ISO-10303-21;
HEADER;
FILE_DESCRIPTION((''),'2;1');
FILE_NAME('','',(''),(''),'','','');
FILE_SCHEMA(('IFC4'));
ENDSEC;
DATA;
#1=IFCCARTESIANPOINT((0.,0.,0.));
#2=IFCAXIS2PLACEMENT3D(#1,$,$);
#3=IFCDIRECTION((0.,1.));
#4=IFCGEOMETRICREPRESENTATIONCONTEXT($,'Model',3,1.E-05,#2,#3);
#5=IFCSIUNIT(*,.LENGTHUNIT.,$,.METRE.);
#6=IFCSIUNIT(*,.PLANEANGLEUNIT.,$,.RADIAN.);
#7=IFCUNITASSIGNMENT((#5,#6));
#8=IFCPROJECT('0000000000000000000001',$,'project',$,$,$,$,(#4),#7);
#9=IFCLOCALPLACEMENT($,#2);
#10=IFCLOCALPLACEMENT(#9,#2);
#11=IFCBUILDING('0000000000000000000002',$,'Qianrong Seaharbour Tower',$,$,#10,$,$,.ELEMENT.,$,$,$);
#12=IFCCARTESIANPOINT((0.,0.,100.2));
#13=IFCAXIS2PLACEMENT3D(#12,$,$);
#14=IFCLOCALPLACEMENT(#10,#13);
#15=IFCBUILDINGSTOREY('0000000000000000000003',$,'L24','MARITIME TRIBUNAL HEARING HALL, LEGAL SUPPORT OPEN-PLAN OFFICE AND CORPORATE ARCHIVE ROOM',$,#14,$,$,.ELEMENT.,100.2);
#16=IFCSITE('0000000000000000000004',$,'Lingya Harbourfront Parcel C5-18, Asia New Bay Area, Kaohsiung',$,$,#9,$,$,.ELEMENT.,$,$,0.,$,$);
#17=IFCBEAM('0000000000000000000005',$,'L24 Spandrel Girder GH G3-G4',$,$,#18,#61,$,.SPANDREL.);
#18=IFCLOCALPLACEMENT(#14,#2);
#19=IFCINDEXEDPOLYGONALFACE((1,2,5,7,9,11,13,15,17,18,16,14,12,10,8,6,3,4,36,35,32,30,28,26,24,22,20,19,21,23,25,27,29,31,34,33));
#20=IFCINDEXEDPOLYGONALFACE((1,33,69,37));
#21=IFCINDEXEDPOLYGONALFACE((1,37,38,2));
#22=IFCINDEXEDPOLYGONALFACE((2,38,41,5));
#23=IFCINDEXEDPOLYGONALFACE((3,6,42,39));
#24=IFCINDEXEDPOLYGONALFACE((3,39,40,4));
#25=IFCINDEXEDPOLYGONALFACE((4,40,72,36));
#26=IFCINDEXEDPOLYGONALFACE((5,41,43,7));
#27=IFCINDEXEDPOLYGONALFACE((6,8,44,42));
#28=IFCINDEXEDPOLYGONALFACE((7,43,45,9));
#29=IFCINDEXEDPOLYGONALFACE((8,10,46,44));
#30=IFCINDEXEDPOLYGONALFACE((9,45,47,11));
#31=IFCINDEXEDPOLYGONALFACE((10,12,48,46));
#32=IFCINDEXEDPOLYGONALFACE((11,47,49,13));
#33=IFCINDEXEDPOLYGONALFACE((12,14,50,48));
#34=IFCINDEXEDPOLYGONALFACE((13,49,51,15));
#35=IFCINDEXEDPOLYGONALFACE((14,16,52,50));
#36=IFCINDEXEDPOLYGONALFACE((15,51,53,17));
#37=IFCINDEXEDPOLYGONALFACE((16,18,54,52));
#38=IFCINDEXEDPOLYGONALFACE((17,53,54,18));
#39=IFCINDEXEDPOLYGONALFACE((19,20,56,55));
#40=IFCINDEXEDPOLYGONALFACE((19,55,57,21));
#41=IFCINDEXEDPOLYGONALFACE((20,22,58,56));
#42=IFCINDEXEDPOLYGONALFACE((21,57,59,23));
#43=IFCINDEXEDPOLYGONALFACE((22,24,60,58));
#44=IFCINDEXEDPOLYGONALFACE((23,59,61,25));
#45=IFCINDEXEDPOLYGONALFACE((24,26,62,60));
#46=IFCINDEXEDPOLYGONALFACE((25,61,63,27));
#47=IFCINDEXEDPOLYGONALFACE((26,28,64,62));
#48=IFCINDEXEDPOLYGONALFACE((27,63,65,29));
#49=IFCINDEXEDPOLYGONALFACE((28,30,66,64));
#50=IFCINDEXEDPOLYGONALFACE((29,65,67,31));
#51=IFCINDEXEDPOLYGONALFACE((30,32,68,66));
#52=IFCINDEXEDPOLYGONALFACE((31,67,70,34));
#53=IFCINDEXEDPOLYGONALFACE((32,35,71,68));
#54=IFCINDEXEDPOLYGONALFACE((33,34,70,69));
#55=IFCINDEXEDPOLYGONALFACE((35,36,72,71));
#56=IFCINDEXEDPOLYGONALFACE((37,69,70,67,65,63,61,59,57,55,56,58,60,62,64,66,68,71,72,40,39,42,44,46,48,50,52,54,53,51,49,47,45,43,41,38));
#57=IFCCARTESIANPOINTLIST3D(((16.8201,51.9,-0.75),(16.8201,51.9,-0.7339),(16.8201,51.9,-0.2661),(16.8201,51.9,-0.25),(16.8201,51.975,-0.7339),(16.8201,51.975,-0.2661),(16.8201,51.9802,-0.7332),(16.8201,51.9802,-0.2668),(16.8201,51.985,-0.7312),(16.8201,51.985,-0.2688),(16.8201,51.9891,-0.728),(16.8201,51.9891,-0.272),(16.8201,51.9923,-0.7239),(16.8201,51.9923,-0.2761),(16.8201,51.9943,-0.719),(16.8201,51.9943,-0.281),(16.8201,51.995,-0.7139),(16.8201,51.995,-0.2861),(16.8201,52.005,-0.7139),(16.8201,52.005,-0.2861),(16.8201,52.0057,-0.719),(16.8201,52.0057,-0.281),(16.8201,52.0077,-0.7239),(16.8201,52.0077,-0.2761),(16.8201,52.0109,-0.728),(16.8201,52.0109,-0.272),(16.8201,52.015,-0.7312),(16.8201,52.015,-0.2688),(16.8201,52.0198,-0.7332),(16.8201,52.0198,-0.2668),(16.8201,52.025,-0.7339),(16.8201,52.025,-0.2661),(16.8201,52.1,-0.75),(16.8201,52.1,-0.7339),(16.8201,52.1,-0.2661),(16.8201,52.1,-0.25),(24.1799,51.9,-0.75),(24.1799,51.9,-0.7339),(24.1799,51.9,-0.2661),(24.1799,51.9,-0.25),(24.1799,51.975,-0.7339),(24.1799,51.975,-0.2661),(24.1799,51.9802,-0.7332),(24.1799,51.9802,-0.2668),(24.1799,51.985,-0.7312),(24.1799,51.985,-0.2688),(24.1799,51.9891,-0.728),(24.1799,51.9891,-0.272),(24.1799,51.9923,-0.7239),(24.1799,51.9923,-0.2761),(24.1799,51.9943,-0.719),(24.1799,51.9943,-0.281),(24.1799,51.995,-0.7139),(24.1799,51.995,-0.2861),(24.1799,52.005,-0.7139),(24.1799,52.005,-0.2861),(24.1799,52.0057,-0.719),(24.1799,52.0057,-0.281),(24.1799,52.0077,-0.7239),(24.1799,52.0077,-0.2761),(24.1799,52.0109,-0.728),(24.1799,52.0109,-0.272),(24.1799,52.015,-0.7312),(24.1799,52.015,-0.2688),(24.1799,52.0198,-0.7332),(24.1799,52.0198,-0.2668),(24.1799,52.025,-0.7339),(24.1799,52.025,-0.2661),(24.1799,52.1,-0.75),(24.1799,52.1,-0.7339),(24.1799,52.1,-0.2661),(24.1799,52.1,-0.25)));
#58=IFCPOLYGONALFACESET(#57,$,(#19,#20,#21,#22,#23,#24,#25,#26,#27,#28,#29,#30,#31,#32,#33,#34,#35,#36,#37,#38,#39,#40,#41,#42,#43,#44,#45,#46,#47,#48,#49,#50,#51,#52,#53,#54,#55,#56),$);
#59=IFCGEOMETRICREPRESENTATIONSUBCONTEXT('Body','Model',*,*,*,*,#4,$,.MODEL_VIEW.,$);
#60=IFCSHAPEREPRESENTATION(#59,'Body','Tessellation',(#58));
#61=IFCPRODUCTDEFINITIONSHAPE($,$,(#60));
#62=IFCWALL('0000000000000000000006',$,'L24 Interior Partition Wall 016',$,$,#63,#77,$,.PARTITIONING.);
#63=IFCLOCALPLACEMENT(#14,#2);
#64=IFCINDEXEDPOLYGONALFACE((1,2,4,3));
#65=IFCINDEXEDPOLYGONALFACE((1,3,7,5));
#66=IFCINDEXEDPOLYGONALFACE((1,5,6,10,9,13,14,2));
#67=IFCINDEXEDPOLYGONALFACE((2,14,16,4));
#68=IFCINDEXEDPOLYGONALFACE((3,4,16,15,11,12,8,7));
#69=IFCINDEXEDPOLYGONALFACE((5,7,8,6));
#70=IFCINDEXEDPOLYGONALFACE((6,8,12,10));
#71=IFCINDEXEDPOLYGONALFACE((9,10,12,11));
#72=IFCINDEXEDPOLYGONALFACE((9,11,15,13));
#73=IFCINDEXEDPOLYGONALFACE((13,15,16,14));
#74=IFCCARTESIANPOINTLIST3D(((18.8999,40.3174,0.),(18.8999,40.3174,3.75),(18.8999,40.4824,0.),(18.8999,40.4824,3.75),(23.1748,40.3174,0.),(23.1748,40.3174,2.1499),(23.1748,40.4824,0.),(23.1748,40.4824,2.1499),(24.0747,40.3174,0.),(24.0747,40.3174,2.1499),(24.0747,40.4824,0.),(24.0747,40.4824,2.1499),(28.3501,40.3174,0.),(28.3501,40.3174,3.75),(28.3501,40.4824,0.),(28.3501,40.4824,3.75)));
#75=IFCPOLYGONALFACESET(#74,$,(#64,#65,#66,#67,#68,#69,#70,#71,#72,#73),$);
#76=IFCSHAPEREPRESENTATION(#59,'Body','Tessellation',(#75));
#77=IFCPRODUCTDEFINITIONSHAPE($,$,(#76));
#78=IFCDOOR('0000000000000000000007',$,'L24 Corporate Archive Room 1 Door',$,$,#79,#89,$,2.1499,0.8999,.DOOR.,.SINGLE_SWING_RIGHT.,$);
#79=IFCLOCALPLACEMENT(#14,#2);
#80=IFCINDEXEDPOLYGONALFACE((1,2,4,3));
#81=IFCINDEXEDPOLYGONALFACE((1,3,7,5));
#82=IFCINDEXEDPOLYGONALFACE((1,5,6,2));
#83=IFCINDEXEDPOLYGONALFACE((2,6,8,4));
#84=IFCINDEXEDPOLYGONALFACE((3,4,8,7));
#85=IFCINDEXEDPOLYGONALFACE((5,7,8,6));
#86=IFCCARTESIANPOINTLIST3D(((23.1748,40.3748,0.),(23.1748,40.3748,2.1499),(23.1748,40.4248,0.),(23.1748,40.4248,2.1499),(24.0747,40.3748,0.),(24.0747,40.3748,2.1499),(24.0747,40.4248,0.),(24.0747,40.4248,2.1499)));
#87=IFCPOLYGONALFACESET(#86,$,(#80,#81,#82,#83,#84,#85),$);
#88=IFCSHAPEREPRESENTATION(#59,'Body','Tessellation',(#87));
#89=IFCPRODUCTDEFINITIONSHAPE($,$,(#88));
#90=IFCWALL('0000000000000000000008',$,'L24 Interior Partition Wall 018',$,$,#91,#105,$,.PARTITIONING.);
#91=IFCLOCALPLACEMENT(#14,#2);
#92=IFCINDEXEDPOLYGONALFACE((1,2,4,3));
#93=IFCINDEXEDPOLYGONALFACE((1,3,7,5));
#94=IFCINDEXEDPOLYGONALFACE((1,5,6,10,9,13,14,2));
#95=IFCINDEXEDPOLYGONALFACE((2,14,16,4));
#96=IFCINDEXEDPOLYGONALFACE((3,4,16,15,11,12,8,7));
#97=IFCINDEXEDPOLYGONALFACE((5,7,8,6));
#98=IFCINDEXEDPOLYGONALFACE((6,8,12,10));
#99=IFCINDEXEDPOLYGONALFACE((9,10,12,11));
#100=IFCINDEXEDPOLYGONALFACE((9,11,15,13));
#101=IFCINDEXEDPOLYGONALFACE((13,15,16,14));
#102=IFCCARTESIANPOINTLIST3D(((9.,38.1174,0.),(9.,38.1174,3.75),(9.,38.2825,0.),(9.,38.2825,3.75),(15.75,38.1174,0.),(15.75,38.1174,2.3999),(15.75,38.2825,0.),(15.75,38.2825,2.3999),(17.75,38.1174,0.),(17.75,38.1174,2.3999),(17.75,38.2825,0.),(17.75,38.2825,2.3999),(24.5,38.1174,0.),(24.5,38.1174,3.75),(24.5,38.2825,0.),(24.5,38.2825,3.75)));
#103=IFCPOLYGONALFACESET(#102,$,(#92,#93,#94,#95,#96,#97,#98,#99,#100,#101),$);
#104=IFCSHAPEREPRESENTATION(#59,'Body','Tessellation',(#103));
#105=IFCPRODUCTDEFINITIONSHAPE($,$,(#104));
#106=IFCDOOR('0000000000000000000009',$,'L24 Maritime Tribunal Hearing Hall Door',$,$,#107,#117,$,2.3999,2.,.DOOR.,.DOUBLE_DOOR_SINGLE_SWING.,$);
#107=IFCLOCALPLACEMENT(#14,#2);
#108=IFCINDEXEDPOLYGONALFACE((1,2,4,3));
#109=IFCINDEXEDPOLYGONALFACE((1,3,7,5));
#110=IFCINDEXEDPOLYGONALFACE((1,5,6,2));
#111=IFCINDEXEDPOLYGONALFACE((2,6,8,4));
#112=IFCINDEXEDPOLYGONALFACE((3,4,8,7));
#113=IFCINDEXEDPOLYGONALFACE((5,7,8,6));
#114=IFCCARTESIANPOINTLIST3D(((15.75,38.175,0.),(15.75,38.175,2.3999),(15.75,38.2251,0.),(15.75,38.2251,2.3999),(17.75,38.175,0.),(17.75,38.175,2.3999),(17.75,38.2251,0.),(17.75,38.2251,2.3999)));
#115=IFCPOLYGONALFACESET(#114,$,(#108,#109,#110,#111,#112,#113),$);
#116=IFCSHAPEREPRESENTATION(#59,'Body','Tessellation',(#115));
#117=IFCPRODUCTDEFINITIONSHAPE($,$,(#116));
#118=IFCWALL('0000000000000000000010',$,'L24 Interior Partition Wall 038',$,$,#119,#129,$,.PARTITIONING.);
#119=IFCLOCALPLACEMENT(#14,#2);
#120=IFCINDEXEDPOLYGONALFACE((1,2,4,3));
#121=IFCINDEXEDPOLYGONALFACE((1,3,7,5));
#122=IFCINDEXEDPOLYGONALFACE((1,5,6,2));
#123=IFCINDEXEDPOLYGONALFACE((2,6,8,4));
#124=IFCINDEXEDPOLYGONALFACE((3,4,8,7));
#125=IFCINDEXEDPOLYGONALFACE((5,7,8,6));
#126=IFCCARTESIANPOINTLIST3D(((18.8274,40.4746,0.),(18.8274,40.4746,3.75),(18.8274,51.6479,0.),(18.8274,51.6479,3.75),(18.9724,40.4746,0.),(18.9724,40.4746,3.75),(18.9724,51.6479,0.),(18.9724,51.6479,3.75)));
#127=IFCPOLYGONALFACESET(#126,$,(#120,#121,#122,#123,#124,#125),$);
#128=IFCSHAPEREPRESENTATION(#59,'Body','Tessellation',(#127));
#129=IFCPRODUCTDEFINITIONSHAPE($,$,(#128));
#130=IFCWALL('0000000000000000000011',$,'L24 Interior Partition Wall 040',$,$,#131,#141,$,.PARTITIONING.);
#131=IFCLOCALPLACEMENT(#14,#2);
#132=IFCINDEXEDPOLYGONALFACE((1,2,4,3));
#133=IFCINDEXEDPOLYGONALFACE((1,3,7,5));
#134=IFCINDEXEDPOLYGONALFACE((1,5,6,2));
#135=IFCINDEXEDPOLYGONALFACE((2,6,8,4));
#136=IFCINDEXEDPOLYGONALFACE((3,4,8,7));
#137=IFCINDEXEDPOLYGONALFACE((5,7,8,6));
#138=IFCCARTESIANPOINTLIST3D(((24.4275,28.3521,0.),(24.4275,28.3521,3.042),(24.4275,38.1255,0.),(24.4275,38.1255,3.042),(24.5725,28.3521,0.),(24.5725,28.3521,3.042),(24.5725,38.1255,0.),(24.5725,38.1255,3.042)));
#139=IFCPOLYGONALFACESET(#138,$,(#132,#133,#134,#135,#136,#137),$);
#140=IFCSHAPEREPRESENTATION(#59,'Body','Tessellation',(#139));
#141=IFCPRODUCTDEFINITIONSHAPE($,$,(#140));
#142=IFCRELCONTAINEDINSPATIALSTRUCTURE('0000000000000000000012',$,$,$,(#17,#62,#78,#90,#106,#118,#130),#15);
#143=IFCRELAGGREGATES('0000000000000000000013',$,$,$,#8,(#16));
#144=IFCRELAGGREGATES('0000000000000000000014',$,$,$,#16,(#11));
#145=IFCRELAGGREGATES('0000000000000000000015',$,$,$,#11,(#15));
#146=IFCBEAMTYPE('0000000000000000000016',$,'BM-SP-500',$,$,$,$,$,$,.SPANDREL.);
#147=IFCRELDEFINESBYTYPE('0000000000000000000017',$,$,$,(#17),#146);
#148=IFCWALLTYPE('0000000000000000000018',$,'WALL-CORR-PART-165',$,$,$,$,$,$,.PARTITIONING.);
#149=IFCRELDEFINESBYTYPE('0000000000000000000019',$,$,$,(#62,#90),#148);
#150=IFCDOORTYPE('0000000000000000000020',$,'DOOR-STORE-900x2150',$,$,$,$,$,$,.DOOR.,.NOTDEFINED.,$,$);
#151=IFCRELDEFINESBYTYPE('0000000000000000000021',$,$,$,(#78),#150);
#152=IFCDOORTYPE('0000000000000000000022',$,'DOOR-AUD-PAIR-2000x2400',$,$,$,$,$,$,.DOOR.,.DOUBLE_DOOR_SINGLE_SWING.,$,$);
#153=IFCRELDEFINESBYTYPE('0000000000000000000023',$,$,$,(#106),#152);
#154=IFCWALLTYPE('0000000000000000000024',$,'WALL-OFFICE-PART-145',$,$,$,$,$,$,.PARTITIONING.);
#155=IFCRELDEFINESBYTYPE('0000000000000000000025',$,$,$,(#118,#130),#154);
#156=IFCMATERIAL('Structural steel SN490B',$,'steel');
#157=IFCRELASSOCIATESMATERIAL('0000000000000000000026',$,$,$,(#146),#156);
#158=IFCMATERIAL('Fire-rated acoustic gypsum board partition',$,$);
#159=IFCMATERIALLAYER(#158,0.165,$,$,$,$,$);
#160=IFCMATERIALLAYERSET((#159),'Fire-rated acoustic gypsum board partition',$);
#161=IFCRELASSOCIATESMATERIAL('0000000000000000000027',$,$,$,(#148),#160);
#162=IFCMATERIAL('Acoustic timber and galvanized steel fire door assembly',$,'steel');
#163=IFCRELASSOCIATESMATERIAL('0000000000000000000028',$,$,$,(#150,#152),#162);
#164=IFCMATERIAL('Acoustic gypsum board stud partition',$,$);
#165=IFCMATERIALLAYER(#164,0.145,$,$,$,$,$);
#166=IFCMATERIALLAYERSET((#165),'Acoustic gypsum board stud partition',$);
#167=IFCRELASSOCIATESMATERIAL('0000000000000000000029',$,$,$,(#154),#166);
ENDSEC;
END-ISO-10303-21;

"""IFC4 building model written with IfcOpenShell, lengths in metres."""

from ifc_helpers import new_model, si_unit, direction, frame, frame_2d, origin, origin_2d, place, context, subcontext, project, spatial, rectangle, i_section, extrude, material, layer, layer_set, material_profile, profile_set, type_object, element, fill, save


model = new_model("IFC4")

# Units and contexts
model_context = context("Model", 3, precision=1e-05, world=origin(), true_north=direction((0.0, 1.0)))
body_context = subcontext(model_context, "Body", "Model", "MODEL_VIEW")
ifc_project = project(units=[si_unit("LENGTHUNIT", "METRE"), si_unit("PLANEANGLEUNIT", "RADIAN")], contexts=[model_context])

# Site, building, storey
site_placement = place(None, origin())
site = spatial("IfcSite", under=ifc_project, at=site_placement, Name="Lingya Harbourfront Parcel C5-18, Asia New Bay Area, Kaohsiung", CompositionType="ELEMENT", RefElevation=0.0)
building_placement = place(site_placement, origin())
building = spatial("IfcBuilding", under=site, at=building_placement, Name="Qianrong Seaharbour Tower", CompositionType="ELEMENT")
storey_placement = place(building_placement, frame((0.0, 0.0, 100.2)))
storey = spatial("IfcBuildingStorey", under=building, at=storey_placement, Name="L24", Description="MARITIME TRIBUNAL HEARING HALL, LEGAL SUPPORT OPEN-PLAN OFFICE AND CORPORATE ARCHIVE ROOM", CompositionType="ELEMENT", Elevation=100.2)

# Shared definitions
ifc_material_1 = material(Name="Structural steel SN490B", Category="steel")

# Beam
ifc_material_profile_1 = material_profile(ifc_material_1, i_section(OverallWidth=0.2, OverallDepth=0.5, WebThickness=0.01, FlangeThickness=0.0161, FilletRadius=0.02, at=origin_2d()), Name="H500x200x10x16")
ifc_profile_set_1 = profile_set([ifc_material_profile_1], Name="Structural steel SN490B")
beam_type_1 = type_object("IfcBeamType", Name="BM-SP-500", PredefinedType="SPANDREL", material=ifc_profile_set_1)
beam_1_placement = place(storey_placement, frame((16.8201, 52.0, -0.5), z_axis=(1.0, 0.0, 0.0), x_axis=(0.0, 1.0, 0.0)))
element("IfcBeam", 1, at=beam_1_placement, inside=storey, type_object=beam_type_1, Name="L24 Spandrel Girder GH G3-G4", PredefinedType="SPANDREL", context=body_context, shape_type="SweptSolid", body=[
    extrude(i_section(OverallWidth=0.2, OverallDepth=0.5, WebThickness=0.01, FlangeThickness=0.0161, FilletRadius=0.02, at=origin_2d()), origin(), (0.0, 0.0, 1.0), 7.3599),
])

# Walls, openings, doors
ifc_material_2 = material(Name="Fire-rated acoustic gypsum board partition")
ifc_layer_1 = layer(ifc_material_2, 0.165)
ifc_layer_set_1 = layer_set([ifc_layer_1], Name="Fire-rated acoustic gypsum board partition")
wall_type_1 = type_object("IfcWallType", Name="WALL-CORR-PART-165", PredefinedType="PARTITIONING", material=ifc_layer_set_1)
wall_1_placement = place(storey_placement, frame((18.8999, 40.3999, 0.0), z_axis=(0.0, 0.0, 1.0), x_axis=(1.0, 0.0, 0.0)))
wall_1 = element("IfcWall", 2, at=wall_1_placement, inside=storey, type_object=wall_type_1, Name="L24 Interior Partition Wall 016", PredefinedType="PARTITIONING", context=body_context, shape_type="SweptSolid", body=[
    extrude(rectangle(XDim=9.4502, YDim=0.165, at=frame_2d((4.7251, 0.0))), origin(), (0.0, 0.0, 1.0), 3.75),
])
opening_1_placement = place(wall_1_placement, frame((4.2749, 0.0, 0.0)))
opening_1 = element("IfcOpeningElement", 3, at=opening_1_placement, cuts=wall_1, PredefinedType="OPENING", context=body_context, shape_type="SweptSolid", body=[
    extrude(rectangle(XDim=0.8999, YDim=2.1499, at=frame_2d((0.45, 1.075))), frame((0.0, 0.0925, 0.0), z_axis=(0.0, -1.0, 0.0), x_axis=(1.0, 0.0, 0.0)), (0.0, 0.0, 1.0), 0.1851),
])
ifc_material_3 = material(Name="Acoustic timber and galvanized steel fire door assembly", Category="steel")
door_type_1 = type_object("IfcDoorType", Name="DOOR-STORE-900x2150", OperationType="NOTDEFINED", PredefinedType="DOOR", material=ifc_material_3)
door_1_placement = place(opening_1_placement, origin())
door_1 = element("IfcDoor", 4, at=door_1_placement, inside=storey, type_object=door_type_1, Name="L24 Corporate Archive Room 1 Door", OperationType="SINGLE_SWING_RIGHT", OverallHeight=2.1499, OverallWidth=0.8999, PredefinedType="DOOR", context=body_context, shape_type="SweptSolid", body=[
    extrude(rectangle(XDim=0.8999, YDim=2.1499, at=frame_2d((0.45, 1.075))), frame((0.0, 0.0249, 0.0), z_axis=(0.0, -1.0, 0.0), x_axis=(1.0, 0.0, 0.0)), (0.0, 0.0, 1.0), 0.05),
])
fill(opening_1, door_1)
wall_2_placement = place(storey_placement, frame((24.5, 38.2, 0.0), z_axis=(0.0, 0.0, 1.0), x_axis=(-1.0, 0.0, 0.0)))
wall_2 = element("IfcWall", 5, at=wall_2_placement, inside=storey, type_object=wall_type_1, Name="L24 Interior Partition Wall 018", PredefinedType="PARTITIONING", context=body_context, shape_type="SweptSolid", body=[
    extrude(rectangle(XDim=15.5, YDim=0.165, at=frame_2d((7.75, 0.0))), origin(), (0.0, 0.0, 1.0), 3.75),
])
opening_2_placement = place(wall_2_placement, frame((6.75, 0.0, 0.0)))
opening_2 = element("IfcOpeningElement", 6, at=opening_2_placement, cuts=wall_2, PredefinedType="OPENING", context=body_context, shape_type="SweptSolid", body=[
    extrude(rectangle(XDim=2.0, YDim=2.3999, at=frame_2d((1.0, 1.2))), frame((0.0, 0.0925, 0.0), z_axis=(0.0, -1.0, 0.0), x_axis=(1.0, 0.0, 0.0)), (0.0, 0.0, 1.0), 0.1851),
])
door_type_2 = type_object("IfcDoorType", Name="DOOR-AUD-PAIR-2000x2400", OperationType="DOUBLE_DOOR_SINGLE_SWING", PredefinedType="DOOR", material=ifc_material_3)
door_2_placement = place(opening_2_placement, origin())
door_2 = element("IfcDoor", 7, at=door_2_placement, inside=storey, type_object=door_type_2, Name="L24 Maritime Tribunal Hearing Hall Door", OperationType="DOUBLE_DOOR_SINGLE_SWING", OverallHeight=2.3999, OverallWidth=2.0, PredefinedType="DOOR", context=body_context, shape_type="SweptSolid", body=[
    extrude(rectangle(XDim=2.0, YDim=2.3999, at=frame_2d((1.0, 1.2))), frame((0.0, 0.0249, 0.0), z_axis=(0.0, -1.0, 0.0), x_axis=(1.0, 0.0, 0.0)), (0.0, 0.0, 1.0), 0.05),
])
fill(opening_2, door_2)

# Walls
ifc_material_4 = material(Name="Acoustic gypsum board stud partition")
ifc_layer_2 = layer(ifc_material_4, 0.145)
ifc_layer_set_2 = layer_set([ifc_layer_2], Name="Acoustic gypsum board stud partition")
wall_type_2 = type_object("IfcWallType", Name="WALL-OFFICE-PART-145", PredefinedType="PARTITIONING", material=ifc_layer_set_2)
wall_3_placement = place(storey_placement, frame((18.8999, 51.6479, 0.0), z_axis=(0.0, 0.0, 1.0), x_axis=(0.0, -1.0, 0.0)))
element("IfcWall", 8, at=wall_3_placement, inside=storey, type_object=wall_type_2, Name="L24 Interior Partition Wall 038", PredefinedType="PARTITIONING", context=body_context, shape_type="SweptSolid", body=[
    extrude(rectangle(XDim=11.1733, YDim=0.145, at=frame_2d((5.5867, 0.0))), origin(), (0.0, 0.0, 1.0), 3.75),
])
wall_4_placement = place(storey_placement, frame((24.5, 38.1255, 0.0), z_axis=(0.0, 0.0, 1.0), x_axis=(0.0, -1.0, 0.0)))
element("IfcWall", 9, at=wall_4_placement, inside=storey, type_object=wall_type_2, Name="L24 Interior Partition Wall 040", PredefinedType="PARTITIONING", context=body_context, shape_type="SweptSolid", body=[
    extrude(rectangle(XDim=9.7734, YDim=0.145, at=frame_2d((4.8867, 0.0))), origin(), (0.0, 0.0, 1.0), 3.042),
])

save(model, "model.ifc")
